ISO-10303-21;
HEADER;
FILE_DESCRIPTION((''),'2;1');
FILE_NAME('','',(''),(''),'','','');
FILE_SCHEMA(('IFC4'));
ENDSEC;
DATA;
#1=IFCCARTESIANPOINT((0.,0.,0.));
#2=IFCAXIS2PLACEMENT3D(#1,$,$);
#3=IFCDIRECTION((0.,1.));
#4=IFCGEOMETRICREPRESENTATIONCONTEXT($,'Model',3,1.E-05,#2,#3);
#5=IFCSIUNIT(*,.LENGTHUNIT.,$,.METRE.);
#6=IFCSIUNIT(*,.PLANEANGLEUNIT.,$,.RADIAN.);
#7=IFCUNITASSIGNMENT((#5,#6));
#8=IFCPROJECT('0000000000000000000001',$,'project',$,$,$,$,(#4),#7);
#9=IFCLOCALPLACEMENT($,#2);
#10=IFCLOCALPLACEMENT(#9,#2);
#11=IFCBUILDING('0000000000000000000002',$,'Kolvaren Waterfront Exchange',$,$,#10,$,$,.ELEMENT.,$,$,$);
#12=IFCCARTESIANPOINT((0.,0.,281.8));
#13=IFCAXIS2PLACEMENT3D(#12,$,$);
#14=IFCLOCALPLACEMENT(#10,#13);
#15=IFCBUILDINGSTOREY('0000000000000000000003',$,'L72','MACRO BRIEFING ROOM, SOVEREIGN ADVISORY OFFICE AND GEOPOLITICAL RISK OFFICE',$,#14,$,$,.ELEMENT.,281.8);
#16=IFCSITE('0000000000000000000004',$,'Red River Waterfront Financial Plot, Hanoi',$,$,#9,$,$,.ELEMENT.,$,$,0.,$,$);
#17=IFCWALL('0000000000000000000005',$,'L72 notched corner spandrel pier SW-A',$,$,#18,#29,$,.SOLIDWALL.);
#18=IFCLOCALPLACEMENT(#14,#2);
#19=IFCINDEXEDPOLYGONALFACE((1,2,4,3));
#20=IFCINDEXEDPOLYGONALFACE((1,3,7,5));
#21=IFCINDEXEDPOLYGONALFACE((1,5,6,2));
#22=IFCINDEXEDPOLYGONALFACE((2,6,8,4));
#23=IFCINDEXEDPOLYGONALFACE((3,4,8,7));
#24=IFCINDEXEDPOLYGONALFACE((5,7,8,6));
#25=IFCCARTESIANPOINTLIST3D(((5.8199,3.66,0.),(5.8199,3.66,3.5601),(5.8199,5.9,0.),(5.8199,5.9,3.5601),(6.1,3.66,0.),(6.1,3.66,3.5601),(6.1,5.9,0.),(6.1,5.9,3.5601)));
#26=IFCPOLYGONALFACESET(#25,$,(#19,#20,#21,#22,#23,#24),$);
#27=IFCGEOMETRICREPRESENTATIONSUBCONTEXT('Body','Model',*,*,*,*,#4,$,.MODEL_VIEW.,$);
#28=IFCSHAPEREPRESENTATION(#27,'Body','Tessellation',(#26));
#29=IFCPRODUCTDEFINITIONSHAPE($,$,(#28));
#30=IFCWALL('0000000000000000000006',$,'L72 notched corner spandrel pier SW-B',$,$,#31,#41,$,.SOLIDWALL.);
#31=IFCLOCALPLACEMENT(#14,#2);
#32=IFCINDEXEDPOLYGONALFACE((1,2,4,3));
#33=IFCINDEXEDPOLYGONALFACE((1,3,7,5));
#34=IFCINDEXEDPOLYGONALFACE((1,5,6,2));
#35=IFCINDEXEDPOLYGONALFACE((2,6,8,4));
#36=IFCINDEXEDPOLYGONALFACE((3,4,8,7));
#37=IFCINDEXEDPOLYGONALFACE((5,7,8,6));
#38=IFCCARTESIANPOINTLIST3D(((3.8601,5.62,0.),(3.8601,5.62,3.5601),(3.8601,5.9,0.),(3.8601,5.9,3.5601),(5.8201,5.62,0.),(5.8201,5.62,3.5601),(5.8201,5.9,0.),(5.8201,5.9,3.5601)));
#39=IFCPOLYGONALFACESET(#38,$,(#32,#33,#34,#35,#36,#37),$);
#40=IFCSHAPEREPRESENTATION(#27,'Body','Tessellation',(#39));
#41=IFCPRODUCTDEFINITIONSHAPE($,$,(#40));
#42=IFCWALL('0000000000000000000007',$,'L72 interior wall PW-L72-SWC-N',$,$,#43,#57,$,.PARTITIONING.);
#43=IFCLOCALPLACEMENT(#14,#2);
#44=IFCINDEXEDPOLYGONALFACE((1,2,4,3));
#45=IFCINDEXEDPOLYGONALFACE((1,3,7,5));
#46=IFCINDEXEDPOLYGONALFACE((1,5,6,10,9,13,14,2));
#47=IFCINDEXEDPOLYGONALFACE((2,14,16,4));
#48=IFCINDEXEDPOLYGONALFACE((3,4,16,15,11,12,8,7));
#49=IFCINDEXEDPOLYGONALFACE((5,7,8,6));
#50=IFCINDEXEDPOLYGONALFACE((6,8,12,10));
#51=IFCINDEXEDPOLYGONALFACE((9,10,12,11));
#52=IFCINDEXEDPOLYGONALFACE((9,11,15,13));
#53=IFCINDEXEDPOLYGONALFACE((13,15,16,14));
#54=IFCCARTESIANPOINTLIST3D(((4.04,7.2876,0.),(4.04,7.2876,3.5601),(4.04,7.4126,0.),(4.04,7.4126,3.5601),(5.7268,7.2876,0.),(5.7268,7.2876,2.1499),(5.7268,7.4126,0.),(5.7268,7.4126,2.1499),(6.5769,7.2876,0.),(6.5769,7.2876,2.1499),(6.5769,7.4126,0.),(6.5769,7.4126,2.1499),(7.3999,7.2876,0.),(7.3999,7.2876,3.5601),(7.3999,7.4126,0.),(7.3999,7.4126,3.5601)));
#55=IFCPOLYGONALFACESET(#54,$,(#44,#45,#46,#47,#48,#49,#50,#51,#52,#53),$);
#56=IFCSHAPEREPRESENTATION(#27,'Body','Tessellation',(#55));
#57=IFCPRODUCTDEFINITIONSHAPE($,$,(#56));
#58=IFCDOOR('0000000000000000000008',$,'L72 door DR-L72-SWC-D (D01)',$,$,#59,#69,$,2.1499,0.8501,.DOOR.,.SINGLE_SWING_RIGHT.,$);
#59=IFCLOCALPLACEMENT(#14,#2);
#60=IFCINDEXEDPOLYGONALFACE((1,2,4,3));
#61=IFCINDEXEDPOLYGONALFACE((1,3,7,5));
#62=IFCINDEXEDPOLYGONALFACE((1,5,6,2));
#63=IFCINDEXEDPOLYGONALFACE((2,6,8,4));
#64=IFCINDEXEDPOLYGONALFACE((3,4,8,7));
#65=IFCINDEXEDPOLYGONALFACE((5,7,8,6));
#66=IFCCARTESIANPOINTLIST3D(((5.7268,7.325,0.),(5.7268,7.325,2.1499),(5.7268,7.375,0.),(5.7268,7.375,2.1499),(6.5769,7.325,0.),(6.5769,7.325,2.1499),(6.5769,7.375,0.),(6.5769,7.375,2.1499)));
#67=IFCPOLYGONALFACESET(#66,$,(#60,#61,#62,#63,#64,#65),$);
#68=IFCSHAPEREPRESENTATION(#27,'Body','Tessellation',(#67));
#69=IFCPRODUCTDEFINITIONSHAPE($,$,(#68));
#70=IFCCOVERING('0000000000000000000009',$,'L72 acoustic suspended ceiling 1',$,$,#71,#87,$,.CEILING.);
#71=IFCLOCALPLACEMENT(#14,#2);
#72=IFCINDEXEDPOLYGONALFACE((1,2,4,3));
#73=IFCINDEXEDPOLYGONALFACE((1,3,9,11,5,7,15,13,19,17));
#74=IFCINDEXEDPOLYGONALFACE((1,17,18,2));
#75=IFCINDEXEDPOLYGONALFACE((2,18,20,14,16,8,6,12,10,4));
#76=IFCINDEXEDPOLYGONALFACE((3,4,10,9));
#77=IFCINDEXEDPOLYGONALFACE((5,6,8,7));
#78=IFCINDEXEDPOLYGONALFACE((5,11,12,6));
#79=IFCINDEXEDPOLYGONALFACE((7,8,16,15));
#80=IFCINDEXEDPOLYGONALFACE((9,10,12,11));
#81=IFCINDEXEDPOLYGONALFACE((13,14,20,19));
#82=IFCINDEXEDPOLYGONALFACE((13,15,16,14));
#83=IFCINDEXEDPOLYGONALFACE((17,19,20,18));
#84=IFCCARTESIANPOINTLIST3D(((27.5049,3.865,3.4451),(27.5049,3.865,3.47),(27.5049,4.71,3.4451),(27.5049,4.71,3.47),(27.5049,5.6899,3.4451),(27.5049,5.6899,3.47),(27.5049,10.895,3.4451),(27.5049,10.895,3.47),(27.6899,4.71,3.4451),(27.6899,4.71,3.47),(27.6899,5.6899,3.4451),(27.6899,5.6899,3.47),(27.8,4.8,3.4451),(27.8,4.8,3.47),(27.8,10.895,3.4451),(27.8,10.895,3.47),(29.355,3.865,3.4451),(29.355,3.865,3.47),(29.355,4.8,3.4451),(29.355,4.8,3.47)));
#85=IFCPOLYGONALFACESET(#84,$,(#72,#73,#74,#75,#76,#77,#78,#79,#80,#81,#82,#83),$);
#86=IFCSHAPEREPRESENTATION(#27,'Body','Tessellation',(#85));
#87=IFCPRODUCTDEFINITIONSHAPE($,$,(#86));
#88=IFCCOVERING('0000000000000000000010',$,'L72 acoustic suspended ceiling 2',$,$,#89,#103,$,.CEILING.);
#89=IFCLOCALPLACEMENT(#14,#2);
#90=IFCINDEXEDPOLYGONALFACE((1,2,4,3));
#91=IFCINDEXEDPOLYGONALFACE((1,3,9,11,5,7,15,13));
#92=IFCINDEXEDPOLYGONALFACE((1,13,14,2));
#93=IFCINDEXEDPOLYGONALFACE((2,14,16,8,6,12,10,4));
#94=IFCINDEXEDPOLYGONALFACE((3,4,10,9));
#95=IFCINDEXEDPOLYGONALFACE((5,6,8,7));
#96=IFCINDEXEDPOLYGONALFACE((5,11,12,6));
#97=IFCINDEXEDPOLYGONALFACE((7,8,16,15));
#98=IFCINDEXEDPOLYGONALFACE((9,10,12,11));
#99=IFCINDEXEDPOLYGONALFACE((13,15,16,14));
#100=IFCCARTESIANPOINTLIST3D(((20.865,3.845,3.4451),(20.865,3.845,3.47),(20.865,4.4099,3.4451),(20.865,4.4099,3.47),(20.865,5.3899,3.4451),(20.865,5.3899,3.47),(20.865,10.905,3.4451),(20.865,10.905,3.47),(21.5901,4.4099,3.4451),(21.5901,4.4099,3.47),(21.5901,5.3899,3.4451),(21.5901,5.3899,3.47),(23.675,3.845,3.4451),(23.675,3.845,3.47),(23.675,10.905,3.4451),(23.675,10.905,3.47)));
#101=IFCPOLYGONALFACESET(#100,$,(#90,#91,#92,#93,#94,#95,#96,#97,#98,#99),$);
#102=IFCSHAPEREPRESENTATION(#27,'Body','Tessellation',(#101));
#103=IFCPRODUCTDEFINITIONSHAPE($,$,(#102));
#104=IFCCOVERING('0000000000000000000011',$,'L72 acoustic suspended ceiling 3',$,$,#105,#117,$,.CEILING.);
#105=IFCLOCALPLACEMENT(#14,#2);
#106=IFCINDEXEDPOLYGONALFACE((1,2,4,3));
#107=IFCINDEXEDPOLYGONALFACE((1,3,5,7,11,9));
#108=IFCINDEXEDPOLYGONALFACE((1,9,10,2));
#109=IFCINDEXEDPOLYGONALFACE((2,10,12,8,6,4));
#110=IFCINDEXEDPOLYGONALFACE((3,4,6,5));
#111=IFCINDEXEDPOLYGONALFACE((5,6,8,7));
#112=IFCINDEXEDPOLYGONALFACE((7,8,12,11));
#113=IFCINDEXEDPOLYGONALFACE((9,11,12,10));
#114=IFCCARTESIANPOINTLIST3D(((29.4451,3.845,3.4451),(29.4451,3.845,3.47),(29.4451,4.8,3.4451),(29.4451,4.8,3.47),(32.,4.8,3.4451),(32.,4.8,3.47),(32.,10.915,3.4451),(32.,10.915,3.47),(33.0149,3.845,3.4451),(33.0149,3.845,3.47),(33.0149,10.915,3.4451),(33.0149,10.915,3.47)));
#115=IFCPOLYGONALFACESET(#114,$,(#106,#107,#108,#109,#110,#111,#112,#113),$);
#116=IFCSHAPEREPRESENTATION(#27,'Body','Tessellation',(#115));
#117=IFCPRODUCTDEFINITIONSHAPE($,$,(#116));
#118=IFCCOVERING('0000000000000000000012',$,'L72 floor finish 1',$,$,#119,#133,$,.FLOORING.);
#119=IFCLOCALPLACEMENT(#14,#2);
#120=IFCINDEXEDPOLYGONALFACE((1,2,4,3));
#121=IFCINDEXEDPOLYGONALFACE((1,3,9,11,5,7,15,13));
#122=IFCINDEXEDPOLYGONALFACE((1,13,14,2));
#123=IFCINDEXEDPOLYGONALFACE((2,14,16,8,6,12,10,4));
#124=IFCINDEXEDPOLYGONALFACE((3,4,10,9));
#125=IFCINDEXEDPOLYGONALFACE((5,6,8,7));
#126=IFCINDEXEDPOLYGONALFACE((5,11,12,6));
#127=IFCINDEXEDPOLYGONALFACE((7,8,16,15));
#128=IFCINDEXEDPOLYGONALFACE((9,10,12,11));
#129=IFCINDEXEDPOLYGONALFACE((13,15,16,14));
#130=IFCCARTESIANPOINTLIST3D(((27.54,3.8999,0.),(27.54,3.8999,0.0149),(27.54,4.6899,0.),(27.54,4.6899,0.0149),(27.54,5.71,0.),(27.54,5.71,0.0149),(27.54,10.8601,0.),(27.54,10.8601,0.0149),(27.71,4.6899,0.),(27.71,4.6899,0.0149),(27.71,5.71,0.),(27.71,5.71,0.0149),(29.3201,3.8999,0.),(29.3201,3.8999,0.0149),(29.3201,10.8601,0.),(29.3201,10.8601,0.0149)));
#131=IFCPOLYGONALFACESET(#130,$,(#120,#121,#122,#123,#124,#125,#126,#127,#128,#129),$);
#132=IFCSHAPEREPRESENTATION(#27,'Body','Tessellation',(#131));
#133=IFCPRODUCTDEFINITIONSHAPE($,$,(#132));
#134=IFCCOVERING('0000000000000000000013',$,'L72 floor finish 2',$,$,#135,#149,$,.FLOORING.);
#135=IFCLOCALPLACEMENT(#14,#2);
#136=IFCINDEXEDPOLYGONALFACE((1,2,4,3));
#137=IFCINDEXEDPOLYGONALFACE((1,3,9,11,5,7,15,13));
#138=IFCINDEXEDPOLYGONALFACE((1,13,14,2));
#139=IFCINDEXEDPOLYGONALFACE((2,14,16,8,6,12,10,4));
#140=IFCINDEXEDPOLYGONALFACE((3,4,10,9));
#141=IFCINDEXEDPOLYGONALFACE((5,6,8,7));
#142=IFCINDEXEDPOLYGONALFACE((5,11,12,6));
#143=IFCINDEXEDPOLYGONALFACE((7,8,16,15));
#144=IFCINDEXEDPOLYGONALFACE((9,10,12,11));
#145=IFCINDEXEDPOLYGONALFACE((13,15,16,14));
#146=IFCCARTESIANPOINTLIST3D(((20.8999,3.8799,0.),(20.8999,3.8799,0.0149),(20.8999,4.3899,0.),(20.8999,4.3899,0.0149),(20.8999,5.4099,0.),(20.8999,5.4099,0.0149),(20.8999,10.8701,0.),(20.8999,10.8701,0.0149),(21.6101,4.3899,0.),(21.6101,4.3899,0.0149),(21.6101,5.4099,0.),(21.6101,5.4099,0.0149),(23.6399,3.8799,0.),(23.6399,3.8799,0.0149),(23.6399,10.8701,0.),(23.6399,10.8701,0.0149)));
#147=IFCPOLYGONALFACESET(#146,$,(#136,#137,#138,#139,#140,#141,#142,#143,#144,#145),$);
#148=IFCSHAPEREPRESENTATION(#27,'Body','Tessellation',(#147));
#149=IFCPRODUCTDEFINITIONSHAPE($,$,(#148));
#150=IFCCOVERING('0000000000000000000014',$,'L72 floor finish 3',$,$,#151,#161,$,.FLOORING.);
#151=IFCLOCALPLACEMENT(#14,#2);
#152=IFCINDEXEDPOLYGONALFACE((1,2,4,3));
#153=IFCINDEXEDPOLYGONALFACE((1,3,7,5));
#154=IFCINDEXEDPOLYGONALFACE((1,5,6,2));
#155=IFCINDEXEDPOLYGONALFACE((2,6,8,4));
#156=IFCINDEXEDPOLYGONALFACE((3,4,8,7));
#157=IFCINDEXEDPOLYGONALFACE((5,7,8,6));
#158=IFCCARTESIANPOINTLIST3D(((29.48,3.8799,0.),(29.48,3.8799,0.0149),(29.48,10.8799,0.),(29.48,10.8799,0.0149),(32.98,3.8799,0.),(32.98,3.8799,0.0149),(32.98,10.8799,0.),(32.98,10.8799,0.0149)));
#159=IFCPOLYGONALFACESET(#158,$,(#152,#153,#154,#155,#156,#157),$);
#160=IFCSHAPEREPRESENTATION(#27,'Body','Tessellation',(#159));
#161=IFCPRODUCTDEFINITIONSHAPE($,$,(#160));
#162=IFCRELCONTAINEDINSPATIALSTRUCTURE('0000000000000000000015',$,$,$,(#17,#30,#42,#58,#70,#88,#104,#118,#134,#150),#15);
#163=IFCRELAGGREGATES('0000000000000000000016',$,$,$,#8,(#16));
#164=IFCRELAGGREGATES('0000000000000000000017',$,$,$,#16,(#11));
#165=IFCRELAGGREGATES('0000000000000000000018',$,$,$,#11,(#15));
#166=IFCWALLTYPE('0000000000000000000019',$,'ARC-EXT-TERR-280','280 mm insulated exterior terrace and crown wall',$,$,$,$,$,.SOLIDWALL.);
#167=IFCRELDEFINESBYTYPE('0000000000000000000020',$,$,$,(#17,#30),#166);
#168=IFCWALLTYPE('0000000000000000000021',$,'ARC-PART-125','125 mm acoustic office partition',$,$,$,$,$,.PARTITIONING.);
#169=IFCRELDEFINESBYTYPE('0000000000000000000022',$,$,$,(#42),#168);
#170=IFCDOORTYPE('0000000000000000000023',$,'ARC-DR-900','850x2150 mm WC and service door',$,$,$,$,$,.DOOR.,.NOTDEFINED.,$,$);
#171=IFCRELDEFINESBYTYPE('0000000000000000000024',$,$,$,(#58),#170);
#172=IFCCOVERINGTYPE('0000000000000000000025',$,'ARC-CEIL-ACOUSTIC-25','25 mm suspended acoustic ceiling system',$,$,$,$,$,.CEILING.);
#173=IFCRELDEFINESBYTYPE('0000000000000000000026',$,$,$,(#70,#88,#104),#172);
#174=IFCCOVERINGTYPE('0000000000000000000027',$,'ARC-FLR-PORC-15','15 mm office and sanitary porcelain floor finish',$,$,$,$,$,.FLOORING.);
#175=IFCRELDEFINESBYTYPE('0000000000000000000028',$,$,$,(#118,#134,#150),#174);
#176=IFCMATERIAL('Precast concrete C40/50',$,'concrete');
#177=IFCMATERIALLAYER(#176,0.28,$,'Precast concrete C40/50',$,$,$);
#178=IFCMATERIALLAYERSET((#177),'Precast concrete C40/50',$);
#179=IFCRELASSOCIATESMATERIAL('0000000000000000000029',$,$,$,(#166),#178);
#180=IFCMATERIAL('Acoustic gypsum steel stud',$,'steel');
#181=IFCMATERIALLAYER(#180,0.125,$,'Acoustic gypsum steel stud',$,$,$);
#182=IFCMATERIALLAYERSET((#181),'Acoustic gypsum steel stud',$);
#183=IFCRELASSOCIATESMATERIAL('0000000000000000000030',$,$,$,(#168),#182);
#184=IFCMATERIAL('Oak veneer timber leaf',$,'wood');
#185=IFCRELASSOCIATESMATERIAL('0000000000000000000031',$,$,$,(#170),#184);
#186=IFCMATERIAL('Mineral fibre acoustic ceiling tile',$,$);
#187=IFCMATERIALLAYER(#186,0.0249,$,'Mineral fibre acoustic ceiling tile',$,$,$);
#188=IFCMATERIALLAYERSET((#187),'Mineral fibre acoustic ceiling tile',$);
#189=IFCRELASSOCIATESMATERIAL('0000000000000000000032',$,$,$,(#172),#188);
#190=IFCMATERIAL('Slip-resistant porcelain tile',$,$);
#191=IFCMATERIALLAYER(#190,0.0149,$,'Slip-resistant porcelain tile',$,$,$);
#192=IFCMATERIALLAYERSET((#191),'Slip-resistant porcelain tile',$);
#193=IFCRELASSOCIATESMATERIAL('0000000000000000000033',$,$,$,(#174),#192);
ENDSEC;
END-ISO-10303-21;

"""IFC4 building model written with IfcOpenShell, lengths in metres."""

from ifc_helpers import new_model, si_unit, direction, frame, frame_2d, origin, place, context, subcontext, project, spatial, polyline, rectangle, outline, extrude, material, layer, layer_set, type_object, element, fill, save


model = new_model("IFC4")

# Units and contexts
model_context = context("Model", 3, precision=1e-05, world=origin(), true_north=direction((0.0, 1.0)))
body_context = subcontext(model_context, "Body", "Model", "MODEL_VIEW")
ifc_project = project(units=[si_unit("LENGTHUNIT", "METRE"), si_unit("PLANEANGLEUNIT", "RADIAN")], contexts=[model_context])

# Site, building, storey
site_placement = place(None, origin())
site = spatial("IfcSite", under=ifc_project, at=site_placement, Name="Red River Waterfront Financial Plot, Hanoi", CompositionType="ELEMENT", RefElevation=0.0)
building_placement = place(site_placement, origin())
building = spatial("IfcBuilding", under=site, at=building_placement, Name="Kolvaren Waterfront Exchange", CompositionType="ELEMENT")
storey_placement = place(building_placement, frame((0.0, 0.0, 281.8)))
storey = spatial("IfcBuildingStorey", under=building, at=storey_placement, Name="L72", Description="MACRO BRIEFING ROOM, SOVEREIGN ADVISORY OFFICE AND GEOPOLITICAL RISK OFFICE", CompositionType="ELEMENT", Elevation=281.8)

# Walls
ifc_material_1 = material(Name="Precast concrete C40/50", Category="concrete")
ifc_layer_1 = layer(ifc_material_1, 0.28, Name="Precast concrete C40/50")
ifc_layer_set_1 = layer_set([ifc_layer_1], Name="Precast concrete C40/50")
wall_type_1 = type_object("IfcWallType", Name="ARC-EXT-TERR-280", Description="280 mm insulated exterior terrace and crown wall", PredefinedType="SOLIDWALL", material=ifc_layer_set_1)
wall_1_placement = place(storey_placement, frame((5.96, 3.6599, 0.0), z_axis=(0.0, 0.0, 1.0), x_axis=(0.0, 1.0, 0.0)))
element("IfcWall", 1, at=wall_1_placement, inside=storey, type_object=wall_type_1, Name="L72 notched corner spandrel pier SW-A", PredefinedType="SOLIDWALL", context=body_context, shape_type="SweptSolid", body=[
    extrude(rectangle(XDim=2.24, YDim=0.28, at=frame_2d((1.1201, 0.0))), origin(), (0.0, 0.0, 1.0), 3.5601),
])
wall_2_placement = place(storey_placement, frame((3.8601, 5.76, 0.0), z_axis=(0.0, 0.0, 1.0), x_axis=(1.0, 0.0, 0.0)))
element("IfcWall", 2, at=wall_2_placement, inside=storey, type_object=wall_type_1, Name="L72 notched corner spandrel pier SW-B", PredefinedType="SOLIDWALL", context=body_context, shape_type="SweptSolid", body=[
    extrude(rectangle(XDim=1.96, YDim=0.28, at=frame_2d((0.98, 0.0))), origin(), (0.0, 0.0, 1.0), 3.5601),
])

# Wall, opening, door
ifc_material_2 = material(Name="Acoustic gypsum steel stud", Category="steel")
ifc_layer_2 = layer(ifc_material_2, 0.125, Name="Acoustic gypsum steel stud")
ifc_layer_set_2 = layer_set([ifc_layer_2], Name="Acoustic gypsum steel stud")
wall_type_2 = type_object("IfcWallType", Name="ARC-PART-125", Description="125 mm acoustic office partition", PredefinedType="PARTITIONING", material=ifc_layer_set_2)
wall_3_placement = place(storey_placement, frame((4.04, 7.3501, 0.0), z_axis=(0.0, 0.0, 1.0), x_axis=(1.0, 0.0, 0.0)))
wall_3 = element("IfcWall", 3, at=wall_3_placement, inside=storey, type_object=wall_type_2, Name="L72 interior wall PW-L72-SWC-N", PredefinedType="PARTITIONING", context=body_context, shape_type="SweptSolid", body=[
    extrude(rectangle(XDim=3.3599, YDim=0.125, at=frame_2d((1.6799, 0.0))), origin(), (0.0, 0.0, 1.0), 3.5601),
])
opening_placement = place(wall_3_placement, frame((1.6868, 0.0, 0.0)))
opening = element("IfcOpeningElement", 4, at=opening_placement, cuts=wall_3, PredefinedType="OPENING", context=body_context, shape_type="SweptSolid", body=[
    extrude(rectangle(XDim=0.8501, YDim=2.1499, at=frame_2d((0.425, 1.075))), frame((0.0, 0.0725, 0.0), z_axis=(0.0, -1.0, 0.0), x_axis=(1.0, 0.0, 0.0)), (0.0, 0.0, 1.0), 0.145),
])
ifc_material_3 = material(Name="Oak veneer timber leaf", Category="wood")
door_type = type_object("IfcDoorType", Name="ARC-DR-900", Description="850x2150 mm WC and service door", OperationType="NOTDEFINED", PredefinedType="DOOR", material=ifc_material_3)
door_placement = place(opening_placement, origin())
door = element("IfcDoor", 5, at=door_placement, inside=storey, type_object=door_type, Name="L72 door DR-L72-SWC-D (D01)", OperationType="SINGLE_SWING_RIGHT", OverallHeight=2.1499, OverallWidth=0.8501, PredefinedType="DOOR", context=body_context, shape_type="SweptSolid", body=[
    extrude(rectangle(XDim=0.8501, YDim=2.1499, at=frame_2d((0.425, 1.075))), frame((0.0, 0.0249, 0.0), z_axis=(0.0, -1.0, 0.0), x_axis=(1.0, 0.0, 0.0)), (0.0, 0.0, 1.0), 0.05),
])
fill(opening, door)

# Coverings
ifc_material_4 = material(Name="Mineral fibre acoustic ceiling tile")
ifc_layer_3 = layer(ifc_material_4, 0.0249, Name="Mineral fibre acoustic ceiling tile")
ifc_layer_set_3 = layer_set([ifc_layer_3], Name="Mineral fibre acoustic ceiling tile")
covering_type_1 = type_object("IfcCoveringType", Name="ARC-CEIL-ACOUSTIC-25", Description="25 mm suspended acoustic ceiling system", PredefinedType="CEILING", material=ifc_layer_set_3)
covering_1_placement = place(storey_placement, frame((0.0, 0.0, 3.4451)))
element("IfcCovering", 6, at=covering_1_placement, inside=storey, type_object=covering_type_1, Name="L72 acoustic suspended ceiling 1", PredefinedType="CEILING", context=body_context, shape_type="SweptSolid", body=[
    extrude(outline(polyline([(27.5049, 5.6899), (27.6899, 5.6899), (27.6899, 4.71), (27.5049, 4.71), (27.5049, 3.865), (29.355, 3.865), (29.355, 4.8), (27.8, 4.8), (27.8, 10.895), (27.5049, 10.895), (27.5049, 5.6899)])), origin(), (0.0, 0.0, 1.0), 0.0249),
])
covering_2_placement = place(storey_placement, frame((0.0, 0.0, 3.4451)))
element("IfcCovering", 7, at=covering_2_placement, inside=storey, type_object=covering_type_1, Name="L72 acoustic suspended ceiling 2", PredefinedType="CEILING", context=body_context, shape_type="SweptSolid", body=[
    extrude(outline(polyline([(20.865, 5.3899), (21.5901, 5.3899), (21.5901, 4.4099), (20.865, 4.4099), (20.865, 3.845), (23.675, 3.845), (23.675, 10.905), (20.865, 10.905), (20.865, 5.3899)])), origin(), (0.0, 0.0, 1.0), 0.0249),
])
covering_3_placement = place(storey_placement, frame((0.0, 0.0, 3.4451)))
element("IfcCovering", 8, at=covering_3_placement, inside=storey, type_object=covering_type_1, Name="L72 acoustic suspended ceiling 3", PredefinedType="CEILING", context=body_context, shape_type="SweptSolid", body=[
    extrude(outline(polyline([(33.0149, 3.845), (33.0149, 10.915), (32.0, 10.915), (32.0, 4.8), (29.4451, 4.8), (29.4451, 3.845), (33.0149, 3.845)])), origin(), (0.0, 0.0, 1.0), 0.0249),
])
ifc_material_5 = material(Name="Slip-resistant porcelain tile")
ifc_layer_4 = layer(ifc_material_5, 0.0149, Name="Slip-resistant porcelain tile")
ifc_layer_set_4 = layer_set([ifc_layer_4], Name="Slip-resistant porcelain tile")
covering_type_2 = type_object("IfcCoveringType", Name="ARC-FLR-PORC-15", Description="15 mm office and sanitary porcelain floor finish", PredefinedType="FLOORING", material=ifc_layer_set_4)
covering_4_placement = place(storey_placement, origin())
element("IfcCovering", 9, at=covering_4_placement, inside=storey, type_object=covering_type_2, Name="L72 floor finish 1", PredefinedType="FLOORING", context=body_context, shape_type="SweptSolid", body=[
    extrude(outline(polyline([(27.54, 4.6899), (27.54, 3.8999), (29.3201, 3.8999), (29.3201, 10.8601), (27.54, 10.8601), (27.54, 5.71), (27.71, 5.71), (27.71, 4.6899), (27.54, 4.6899)])), origin(), (0.0, 0.0, 1.0), 0.0149),
])
covering_5_placement = place(storey_placement, origin())
element("IfcCovering", 10, at=covering_5_placement, inside=storey, type_object=covering_type_2, Name="L72 floor finish 2", PredefinedType="FLOORING", context=body_context, shape_type="SweptSolid", body=[
    extrude(outline(polyline([(20.8999, 4.3899), (20.8999, 3.8799), (23.6399, 3.8799), (23.6399, 10.8701), (20.8999, 10.8701), (20.8999, 5.4099), (21.6101, 5.4099), (21.6101, 4.3899), (20.8999, 4.3899)])), origin(), (0.0, 0.0, 1.0), 0.0149),
])
covering_6_placement = place(storey_placement, origin())
element("IfcCovering", 11, at=covering_6_placement, inside=storey, type_object=covering_type_2, Name="L72 floor finish 3", PredefinedType="FLOORING", context=body_context, shape_type="SweptSolid", body=[
    extrude(outline(polyline([(29.48, 10.8799), (29.48, 3.8799), (32.98, 3.8799), (32.98, 10.8799), (29.48, 10.8799)])), origin(), (0.0, 0.0, 1.0), 0.0149),
])

save(model, "model.ifc")
